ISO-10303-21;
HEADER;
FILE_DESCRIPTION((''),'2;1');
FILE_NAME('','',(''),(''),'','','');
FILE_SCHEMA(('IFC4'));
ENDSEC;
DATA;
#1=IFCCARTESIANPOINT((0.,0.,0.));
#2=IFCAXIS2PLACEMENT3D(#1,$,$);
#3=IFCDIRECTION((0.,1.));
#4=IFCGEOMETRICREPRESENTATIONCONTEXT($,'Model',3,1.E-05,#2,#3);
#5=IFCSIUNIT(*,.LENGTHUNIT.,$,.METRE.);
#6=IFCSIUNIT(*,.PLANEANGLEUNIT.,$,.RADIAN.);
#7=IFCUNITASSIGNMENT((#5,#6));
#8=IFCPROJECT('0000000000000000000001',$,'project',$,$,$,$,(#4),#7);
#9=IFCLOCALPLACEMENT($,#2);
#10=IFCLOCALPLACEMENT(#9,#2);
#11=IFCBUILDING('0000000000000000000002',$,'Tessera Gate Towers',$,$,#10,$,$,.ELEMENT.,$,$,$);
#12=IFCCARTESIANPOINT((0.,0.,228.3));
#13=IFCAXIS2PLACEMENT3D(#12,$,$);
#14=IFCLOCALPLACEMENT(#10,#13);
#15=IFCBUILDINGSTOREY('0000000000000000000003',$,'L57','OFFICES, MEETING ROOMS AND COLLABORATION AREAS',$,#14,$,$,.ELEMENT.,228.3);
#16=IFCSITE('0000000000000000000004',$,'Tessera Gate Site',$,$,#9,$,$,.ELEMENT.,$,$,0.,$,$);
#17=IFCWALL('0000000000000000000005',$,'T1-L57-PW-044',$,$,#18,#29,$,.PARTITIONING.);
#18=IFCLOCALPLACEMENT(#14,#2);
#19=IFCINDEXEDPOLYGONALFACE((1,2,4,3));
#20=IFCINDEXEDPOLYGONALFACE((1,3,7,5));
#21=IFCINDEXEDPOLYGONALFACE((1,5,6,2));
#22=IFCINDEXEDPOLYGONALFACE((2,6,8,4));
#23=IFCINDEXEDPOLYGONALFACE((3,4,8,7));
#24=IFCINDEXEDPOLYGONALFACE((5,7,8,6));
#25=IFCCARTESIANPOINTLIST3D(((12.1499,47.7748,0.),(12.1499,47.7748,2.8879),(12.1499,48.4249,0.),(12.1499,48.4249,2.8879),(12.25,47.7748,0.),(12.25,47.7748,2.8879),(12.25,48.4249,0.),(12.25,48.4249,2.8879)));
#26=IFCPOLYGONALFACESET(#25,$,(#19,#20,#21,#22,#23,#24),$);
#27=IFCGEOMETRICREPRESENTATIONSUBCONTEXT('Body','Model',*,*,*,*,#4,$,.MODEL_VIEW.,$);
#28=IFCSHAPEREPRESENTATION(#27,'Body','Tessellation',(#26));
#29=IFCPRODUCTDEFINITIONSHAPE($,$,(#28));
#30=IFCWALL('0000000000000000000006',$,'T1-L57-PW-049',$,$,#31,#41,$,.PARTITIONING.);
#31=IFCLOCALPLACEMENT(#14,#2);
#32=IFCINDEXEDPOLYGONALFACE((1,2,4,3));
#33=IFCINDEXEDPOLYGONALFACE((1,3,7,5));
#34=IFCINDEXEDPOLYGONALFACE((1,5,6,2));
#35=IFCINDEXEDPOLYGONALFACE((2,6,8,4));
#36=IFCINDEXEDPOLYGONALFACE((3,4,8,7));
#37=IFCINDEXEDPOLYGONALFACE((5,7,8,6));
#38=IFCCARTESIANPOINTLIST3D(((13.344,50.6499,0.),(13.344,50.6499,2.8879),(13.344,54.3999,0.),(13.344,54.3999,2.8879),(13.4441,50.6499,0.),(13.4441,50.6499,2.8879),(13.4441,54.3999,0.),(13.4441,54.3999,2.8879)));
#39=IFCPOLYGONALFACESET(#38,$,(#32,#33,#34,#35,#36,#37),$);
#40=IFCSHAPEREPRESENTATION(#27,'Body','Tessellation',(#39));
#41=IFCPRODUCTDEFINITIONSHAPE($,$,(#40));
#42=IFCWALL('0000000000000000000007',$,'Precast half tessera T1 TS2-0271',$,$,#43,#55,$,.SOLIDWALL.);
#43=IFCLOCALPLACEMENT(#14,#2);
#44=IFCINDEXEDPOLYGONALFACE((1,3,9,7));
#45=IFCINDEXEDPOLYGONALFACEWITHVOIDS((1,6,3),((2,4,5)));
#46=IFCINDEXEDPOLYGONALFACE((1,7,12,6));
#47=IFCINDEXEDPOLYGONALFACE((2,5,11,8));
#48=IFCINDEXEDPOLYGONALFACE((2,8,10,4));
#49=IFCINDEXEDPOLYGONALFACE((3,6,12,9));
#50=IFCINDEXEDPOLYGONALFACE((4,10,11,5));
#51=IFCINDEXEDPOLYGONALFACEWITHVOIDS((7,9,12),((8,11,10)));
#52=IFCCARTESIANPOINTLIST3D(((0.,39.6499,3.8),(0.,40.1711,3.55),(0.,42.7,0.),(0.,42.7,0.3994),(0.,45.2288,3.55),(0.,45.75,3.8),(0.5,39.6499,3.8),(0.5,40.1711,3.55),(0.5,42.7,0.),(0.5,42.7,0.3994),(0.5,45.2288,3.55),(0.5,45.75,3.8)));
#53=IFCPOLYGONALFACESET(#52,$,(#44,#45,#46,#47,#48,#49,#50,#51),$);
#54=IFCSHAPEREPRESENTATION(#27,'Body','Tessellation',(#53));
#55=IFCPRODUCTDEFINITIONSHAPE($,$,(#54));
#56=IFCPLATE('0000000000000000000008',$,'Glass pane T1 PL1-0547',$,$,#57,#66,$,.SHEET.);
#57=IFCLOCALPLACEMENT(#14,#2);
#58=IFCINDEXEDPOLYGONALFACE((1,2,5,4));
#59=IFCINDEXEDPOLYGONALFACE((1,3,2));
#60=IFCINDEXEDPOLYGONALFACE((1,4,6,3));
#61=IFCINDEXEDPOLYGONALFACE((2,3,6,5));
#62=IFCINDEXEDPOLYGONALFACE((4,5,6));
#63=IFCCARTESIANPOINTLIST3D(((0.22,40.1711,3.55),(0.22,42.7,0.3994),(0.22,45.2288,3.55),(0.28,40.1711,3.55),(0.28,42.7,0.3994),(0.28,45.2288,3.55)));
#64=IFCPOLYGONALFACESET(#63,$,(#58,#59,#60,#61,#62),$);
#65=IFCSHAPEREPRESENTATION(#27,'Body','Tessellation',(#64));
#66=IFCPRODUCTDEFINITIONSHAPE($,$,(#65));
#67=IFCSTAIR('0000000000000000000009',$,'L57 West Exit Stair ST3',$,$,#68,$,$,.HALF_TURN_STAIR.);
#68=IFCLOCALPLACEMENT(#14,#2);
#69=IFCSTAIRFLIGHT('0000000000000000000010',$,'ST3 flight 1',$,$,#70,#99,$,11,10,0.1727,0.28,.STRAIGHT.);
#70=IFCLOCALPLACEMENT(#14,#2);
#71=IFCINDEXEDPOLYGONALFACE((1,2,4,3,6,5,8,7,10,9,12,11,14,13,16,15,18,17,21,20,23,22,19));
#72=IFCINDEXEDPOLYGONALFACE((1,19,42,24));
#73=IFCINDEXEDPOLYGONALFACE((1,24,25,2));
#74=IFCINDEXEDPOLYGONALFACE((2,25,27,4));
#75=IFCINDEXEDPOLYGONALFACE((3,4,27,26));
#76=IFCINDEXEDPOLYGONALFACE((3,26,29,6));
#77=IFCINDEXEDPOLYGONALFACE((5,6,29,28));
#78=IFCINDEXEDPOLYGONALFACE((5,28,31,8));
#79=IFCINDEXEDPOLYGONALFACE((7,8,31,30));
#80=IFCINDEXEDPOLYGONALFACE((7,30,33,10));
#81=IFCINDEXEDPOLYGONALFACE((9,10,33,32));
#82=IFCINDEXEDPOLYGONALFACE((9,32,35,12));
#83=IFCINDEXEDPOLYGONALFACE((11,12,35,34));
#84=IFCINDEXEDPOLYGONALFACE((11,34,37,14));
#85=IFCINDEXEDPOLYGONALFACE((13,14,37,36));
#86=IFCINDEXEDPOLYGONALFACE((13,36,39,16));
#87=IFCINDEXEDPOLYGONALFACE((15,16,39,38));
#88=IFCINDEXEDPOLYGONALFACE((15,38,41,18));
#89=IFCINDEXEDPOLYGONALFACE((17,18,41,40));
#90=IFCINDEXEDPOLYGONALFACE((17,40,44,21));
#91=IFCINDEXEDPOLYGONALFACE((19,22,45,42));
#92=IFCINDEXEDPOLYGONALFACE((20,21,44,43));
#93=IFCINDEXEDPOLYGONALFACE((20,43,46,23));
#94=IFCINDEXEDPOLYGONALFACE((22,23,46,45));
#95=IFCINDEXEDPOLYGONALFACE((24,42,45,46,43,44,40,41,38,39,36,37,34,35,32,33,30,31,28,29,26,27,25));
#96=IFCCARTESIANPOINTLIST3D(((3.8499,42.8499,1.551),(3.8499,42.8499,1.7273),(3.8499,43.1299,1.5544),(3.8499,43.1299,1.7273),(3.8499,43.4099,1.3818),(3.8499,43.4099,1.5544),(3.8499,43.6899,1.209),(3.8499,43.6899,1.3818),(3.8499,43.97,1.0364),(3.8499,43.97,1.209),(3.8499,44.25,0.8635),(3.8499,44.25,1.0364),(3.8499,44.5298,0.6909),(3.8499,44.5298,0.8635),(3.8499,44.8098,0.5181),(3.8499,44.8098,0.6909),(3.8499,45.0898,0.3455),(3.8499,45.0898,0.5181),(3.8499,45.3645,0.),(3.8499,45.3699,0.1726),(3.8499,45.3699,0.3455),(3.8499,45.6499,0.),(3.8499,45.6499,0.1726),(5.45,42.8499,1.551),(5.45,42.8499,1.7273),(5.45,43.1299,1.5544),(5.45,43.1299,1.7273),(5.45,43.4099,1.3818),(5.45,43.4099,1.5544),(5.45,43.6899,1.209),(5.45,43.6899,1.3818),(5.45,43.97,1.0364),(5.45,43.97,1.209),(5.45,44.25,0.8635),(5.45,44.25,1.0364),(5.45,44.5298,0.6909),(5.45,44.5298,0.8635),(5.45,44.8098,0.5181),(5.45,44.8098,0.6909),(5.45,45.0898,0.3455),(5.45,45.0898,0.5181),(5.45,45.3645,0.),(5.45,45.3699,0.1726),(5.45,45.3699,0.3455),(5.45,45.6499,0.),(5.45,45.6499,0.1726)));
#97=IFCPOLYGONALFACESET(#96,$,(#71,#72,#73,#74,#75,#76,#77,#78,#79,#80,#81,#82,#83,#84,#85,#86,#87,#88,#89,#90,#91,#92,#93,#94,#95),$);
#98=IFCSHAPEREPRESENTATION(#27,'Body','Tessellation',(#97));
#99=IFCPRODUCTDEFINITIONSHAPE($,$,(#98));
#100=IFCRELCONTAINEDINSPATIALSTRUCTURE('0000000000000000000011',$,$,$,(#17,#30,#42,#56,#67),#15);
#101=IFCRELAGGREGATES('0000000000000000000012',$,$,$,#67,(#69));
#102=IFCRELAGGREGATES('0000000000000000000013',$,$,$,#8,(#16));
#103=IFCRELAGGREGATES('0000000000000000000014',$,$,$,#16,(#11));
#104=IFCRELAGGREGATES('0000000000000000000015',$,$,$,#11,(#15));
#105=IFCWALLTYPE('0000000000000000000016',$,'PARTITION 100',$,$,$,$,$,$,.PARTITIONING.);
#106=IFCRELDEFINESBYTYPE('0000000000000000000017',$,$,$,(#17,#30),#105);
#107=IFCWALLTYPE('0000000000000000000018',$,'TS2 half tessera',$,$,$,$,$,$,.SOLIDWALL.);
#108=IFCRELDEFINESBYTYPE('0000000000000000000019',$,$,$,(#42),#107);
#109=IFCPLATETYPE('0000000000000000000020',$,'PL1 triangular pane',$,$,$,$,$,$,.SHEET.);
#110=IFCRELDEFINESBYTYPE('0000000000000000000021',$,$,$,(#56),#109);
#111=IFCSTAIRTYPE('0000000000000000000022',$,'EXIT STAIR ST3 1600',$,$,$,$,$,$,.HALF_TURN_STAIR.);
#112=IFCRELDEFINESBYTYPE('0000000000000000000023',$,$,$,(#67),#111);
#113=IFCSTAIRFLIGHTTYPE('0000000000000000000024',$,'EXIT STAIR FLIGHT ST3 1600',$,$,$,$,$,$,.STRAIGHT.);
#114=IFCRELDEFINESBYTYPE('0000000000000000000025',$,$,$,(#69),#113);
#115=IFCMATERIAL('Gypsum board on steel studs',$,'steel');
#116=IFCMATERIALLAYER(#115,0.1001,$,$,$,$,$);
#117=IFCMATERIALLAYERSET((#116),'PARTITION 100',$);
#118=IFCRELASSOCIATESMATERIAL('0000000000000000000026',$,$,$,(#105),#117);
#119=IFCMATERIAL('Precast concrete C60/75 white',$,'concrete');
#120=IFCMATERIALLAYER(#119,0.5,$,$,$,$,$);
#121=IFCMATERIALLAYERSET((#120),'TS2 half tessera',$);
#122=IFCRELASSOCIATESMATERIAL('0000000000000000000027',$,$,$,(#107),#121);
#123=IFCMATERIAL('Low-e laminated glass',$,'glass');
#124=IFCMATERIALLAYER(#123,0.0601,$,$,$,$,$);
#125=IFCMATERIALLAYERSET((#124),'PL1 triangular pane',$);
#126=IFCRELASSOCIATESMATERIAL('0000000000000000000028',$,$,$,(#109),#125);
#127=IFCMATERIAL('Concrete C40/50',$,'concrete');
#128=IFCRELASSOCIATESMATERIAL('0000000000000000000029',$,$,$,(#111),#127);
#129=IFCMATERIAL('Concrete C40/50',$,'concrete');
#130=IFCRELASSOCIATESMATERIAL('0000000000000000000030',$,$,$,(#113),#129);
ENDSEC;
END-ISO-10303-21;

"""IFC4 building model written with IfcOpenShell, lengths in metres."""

from ifc_helpers import new_model, si_unit, direction, frame, frame_2d, origin, place, context, subcontext, project, spatial, polyline, rectangle, outline, extrude, source, transform, mapped, material, layer, layer_set, type_object, element, fill, aggregate, save


model = new_model("IFC4")

# Units and contexts
model_context = context("Model", 3, precision=1e-05, world=origin(), true_north=direction((0.0, 1.0)))
body_context = subcontext(model_context, "Body", "Model", "MODEL_VIEW")
ifc_project = project(units=[si_unit("LENGTHUNIT", "METRE"), si_unit("PLANEANGLEUNIT", "RADIAN")], contexts=[model_context])

# Site, building, storey
site_placement = place(None, origin())
site = spatial("IfcSite", under=ifc_project, at=site_placement, Name="Tessera Gate Site", CompositionType="ELEMENT", RefElevation=0.0)
building_placement = place(site_placement, origin())
building = spatial("IfcBuilding", under=site, at=building_placement, Name="Tessera Gate Towers", CompositionType="ELEMENT")
storey_placement = place(building_placement, frame((0.0, 0.0, 228.3)))
storey = spatial("IfcBuildingStorey", under=building, at=storey_placement, Name="L57", Description="OFFICES, MEETING ROOMS AND COLLABORATION AREAS", CompositionType="ELEMENT", Elevation=228.3)

# Walls
ifc_material_1 = material(Name="Gypsum board on steel studs", Category="steel")
ifc_layer_1 = layer(ifc_material_1, 0.1001)
ifc_layer_set_1 = layer_set([ifc_layer_1], Name="PARTITION 100")
wall_type_1 = type_object("IfcWallType", Name="PARTITION 100", PredefinedType="PARTITIONING", material=ifc_layer_set_1)
wall_1_placement = place(storey_placement, frame((12.2, 48.425, 0.0), z_axis=(0.0, 0.0, 1.0), x_axis=(0.0, -1.0, 0.0)))
element("IfcWall", 1, at=wall_1_placement, inside=storey, type_object=wall_type_1, Name="T1-L57-PW-044", PredefinedType="PARTITIONING", context=body_context, shape_type="SweptSolid", body=[
    extrude(rectangle(XDim=0.6501, YDim=0.1001, at=frame_2d((0.3252, 0.0))), origin(), (0.0, 0.0, 1.0), 2.8879),
])
wall_2_placement = place(storey_placement, frame((13.394, 50.6499, 0.0), z_axis=(0.0, 0.0, 1.0), x_axis=(0.0, 1.0, 0.0)))
element("IfcWall", 2, at=wall_2_placement, inside=storey, type_object=wall_type_1, Name="T1-L57-PW-049", PredefinedType="PARTITIONING", context=body_context, shape_type="SweptSolid", body=[
    extrude(rectangle(XDim=3.75, YDim=0.1001, at=frame_2d((1.875, 0.0))), origin(), (0.0, 0.0, 1.0), 2.8879),
])

# Wall, opening, plate
ifc_material_2 = material(Name="Precast concrete C60/75 white", Category="concrete")
ifc_layer_2 = layer(ifc_material_2, 0.5)
ifc_layer_set_2 = layer_set([ifc_layer_2], Name="TS2 half tessera")
wall_type_2 = type_object("IfcWallType", Name="TS2 half tessera", PredefinedType="SOLIDWALL", material=ifc_layer_set_2)
shared_shape_1 = source(origin(), body_context, "Body", "SweptSolid", [
    extrude(outline(polyline([(3.05, 0.0), (6.1001, 3.8), (0.0, 3.8), (3.05, 0.0)])), frame((0.0, 0.25, 0.0), z_axis=(0.0, -1.0, 0.0), x_axis=(1.0, 0.0, 0.0)), (0.0, 0.0, 1.0), 0.5),
])
wall_3_placement = place(storey_placement, frame((0.25, 45.75, 0.0), z_axis=(0.0, 0.0, 1.0), x_axis=(0.0, -1.0, 0.0)))
wall_3 = element("IfcWall", 3, at=wall_3_placement, inside=storey, type_object=wall_type_2, Name="Precast half tessera T1 TS2-0271", PredefinedType="SOLIDWALL", context=body_context, shape_type="MappedRepresentation", body=[
    mapped(shared_shape_1, transform((0.0, 0.0, 0.0), scale=1.0)),
])
shared_shape_2 = source(origin(), body_context, "Body", "SweptSolid", [
    extrude(outline(polyline([(3.05, 0.3994), (5.5789, 3.55), (0.5212, 3.55), (3.05, 0.3994)])), frame((0.0, 0.26, 0.0), z_axis=(0.0, -1.0, 0.0), x_axis=(1.0, 0.0, 0.0)), (0.0, 0.0, 1.0), 0.52),
])
opening_1_placement = place(wall_3_placement, origin())
opening_1 = element("IfcOpeningElement", 4, at=opening_1_placement, cuts=wall_3, PredefinedType="OPENING", context=body_context, shape_type="MappedRepresentation", body=[
    mapped(shared_shape_2, transform((0.0, 0.0, 0.0), scale=1.0)),
])
ifc_material_3 = material(Name="Low-e laminated glass", Category="glass")
ifc_layer_3 = layer(ifc_material_3, 0.0601)
ifc_layer_set_3 = layer_set([ifc_layer_3], Name="PL1 triangular pane")
plate_type = type_object("IfcPlateType", Name="PL1 triangular pane", PredefinedType="SHEET", material=ifc_layer_set_3)
shared_shape_3 = source(origin(), body_context, "Body", "SweptSolid", [
    extrude(outline(polyline([(3.05, 0.3994), (5.5789, 3.55), (0.5212, 3.55), (3.05, 0.3994)])), frame((0.0, 0.03, 0.0), z_axis=(0.0, -1.0, 0.0), x_axis=(1.0, 0.0, 0.0)), (0.0, 0.0, 1.0), 0.0601),
])
plate_placement = place(opening_1_placement, origin())
plate = element("IfcPlate", 5, at=plate_placement, inside=storey, type_object=plate_type, Name="Glass pane T1 PL1-0547", PredefinedType="SHEET", context=body_context, shape_type="MappedRepresentation", body=[
    mapped(shared_shape_3, transform((0.0, 0.0, 0.0), scale=1.0)),
])
fill(opening_1, plate)

# Stair, stair flight
ifc_material_4 = material(Name="Concrete C40/50", Category="concrete")
stair_type = type_object("IfcStairType", Name="EXIT STAIR ST3 1600", PredefinedType="HALF_TURN_STAIR", material=ifc_material_4)
stair_placement = place(storey_placement, origin())
stair = element("IfcStair", 6, at=stair_placement, inside=storey, type_object=stair_type, Name="L57 West Exit Stair ST3", PredefinedType="HALF_TURN_STAIR")
ifc_material_5 = material(Name="Concrete C40/50", Category="concrete")
stair_flight_type = type_object("IfcStairFlightType", Name="EXIT STAIR FLIGHT ST3 1600", PredefinedType="STRAIGHT", material=ifc_material_5)
stair_flight_placement = place(storey_placement, frame((4.6499, 45.6499, 0.0), z_axis=(0.0, 0.0, 1.0), x_axis=(0.0, -1.0, 0.0)))
stair_flight = element("IfcStairFlight", 7, at=stair_flight_placement, type_object=stair_flight_type, Name="ST3 flight 1", NumberOfRisers=11, NumberOfTreads=10, PredefinedType="STRAIGHT", RiserHeight=0.1727, TreadLength=0.28, context=body_context, shape_type="SweptSolid", body=[
    extrude(outline(polyline([(0.0, 0.0), (0.0, 0.1726), (0.28, 0.1726), (0.28, 0.3455), (0.5601, 0.3455), (0.5601, 0.5181), (0.8401, 0.5181), (0.8401, 0.6909), (1.1201, 0.6909), (1.1201, 0.8635), (1.3999, 0.8635), (1.3999, 1.0364), (1.6799, 1.0364), (1.6799, 1.209), (1.96, 1.209), (1.96, 1.3818), (2.24, 1.3818), (2.24, 1.5544), (2.52, 1.5544), (2.52, 1.7273), (2.8, 1.7273), (2.8, 1.8999), (2.8, 1.551), (0.2854, 0.0), (0.0, 0.0)])), frame((0.0, 0.8, 0.0), z_axis=(0.0, -1.0, 0.0), x_axis=(1.0, 0.0, 0.0)), (0.0, 0.0, 1.0), 1.6001),
])
aggregate(stair, [stair_flight])

save(model, "model.ifc")
